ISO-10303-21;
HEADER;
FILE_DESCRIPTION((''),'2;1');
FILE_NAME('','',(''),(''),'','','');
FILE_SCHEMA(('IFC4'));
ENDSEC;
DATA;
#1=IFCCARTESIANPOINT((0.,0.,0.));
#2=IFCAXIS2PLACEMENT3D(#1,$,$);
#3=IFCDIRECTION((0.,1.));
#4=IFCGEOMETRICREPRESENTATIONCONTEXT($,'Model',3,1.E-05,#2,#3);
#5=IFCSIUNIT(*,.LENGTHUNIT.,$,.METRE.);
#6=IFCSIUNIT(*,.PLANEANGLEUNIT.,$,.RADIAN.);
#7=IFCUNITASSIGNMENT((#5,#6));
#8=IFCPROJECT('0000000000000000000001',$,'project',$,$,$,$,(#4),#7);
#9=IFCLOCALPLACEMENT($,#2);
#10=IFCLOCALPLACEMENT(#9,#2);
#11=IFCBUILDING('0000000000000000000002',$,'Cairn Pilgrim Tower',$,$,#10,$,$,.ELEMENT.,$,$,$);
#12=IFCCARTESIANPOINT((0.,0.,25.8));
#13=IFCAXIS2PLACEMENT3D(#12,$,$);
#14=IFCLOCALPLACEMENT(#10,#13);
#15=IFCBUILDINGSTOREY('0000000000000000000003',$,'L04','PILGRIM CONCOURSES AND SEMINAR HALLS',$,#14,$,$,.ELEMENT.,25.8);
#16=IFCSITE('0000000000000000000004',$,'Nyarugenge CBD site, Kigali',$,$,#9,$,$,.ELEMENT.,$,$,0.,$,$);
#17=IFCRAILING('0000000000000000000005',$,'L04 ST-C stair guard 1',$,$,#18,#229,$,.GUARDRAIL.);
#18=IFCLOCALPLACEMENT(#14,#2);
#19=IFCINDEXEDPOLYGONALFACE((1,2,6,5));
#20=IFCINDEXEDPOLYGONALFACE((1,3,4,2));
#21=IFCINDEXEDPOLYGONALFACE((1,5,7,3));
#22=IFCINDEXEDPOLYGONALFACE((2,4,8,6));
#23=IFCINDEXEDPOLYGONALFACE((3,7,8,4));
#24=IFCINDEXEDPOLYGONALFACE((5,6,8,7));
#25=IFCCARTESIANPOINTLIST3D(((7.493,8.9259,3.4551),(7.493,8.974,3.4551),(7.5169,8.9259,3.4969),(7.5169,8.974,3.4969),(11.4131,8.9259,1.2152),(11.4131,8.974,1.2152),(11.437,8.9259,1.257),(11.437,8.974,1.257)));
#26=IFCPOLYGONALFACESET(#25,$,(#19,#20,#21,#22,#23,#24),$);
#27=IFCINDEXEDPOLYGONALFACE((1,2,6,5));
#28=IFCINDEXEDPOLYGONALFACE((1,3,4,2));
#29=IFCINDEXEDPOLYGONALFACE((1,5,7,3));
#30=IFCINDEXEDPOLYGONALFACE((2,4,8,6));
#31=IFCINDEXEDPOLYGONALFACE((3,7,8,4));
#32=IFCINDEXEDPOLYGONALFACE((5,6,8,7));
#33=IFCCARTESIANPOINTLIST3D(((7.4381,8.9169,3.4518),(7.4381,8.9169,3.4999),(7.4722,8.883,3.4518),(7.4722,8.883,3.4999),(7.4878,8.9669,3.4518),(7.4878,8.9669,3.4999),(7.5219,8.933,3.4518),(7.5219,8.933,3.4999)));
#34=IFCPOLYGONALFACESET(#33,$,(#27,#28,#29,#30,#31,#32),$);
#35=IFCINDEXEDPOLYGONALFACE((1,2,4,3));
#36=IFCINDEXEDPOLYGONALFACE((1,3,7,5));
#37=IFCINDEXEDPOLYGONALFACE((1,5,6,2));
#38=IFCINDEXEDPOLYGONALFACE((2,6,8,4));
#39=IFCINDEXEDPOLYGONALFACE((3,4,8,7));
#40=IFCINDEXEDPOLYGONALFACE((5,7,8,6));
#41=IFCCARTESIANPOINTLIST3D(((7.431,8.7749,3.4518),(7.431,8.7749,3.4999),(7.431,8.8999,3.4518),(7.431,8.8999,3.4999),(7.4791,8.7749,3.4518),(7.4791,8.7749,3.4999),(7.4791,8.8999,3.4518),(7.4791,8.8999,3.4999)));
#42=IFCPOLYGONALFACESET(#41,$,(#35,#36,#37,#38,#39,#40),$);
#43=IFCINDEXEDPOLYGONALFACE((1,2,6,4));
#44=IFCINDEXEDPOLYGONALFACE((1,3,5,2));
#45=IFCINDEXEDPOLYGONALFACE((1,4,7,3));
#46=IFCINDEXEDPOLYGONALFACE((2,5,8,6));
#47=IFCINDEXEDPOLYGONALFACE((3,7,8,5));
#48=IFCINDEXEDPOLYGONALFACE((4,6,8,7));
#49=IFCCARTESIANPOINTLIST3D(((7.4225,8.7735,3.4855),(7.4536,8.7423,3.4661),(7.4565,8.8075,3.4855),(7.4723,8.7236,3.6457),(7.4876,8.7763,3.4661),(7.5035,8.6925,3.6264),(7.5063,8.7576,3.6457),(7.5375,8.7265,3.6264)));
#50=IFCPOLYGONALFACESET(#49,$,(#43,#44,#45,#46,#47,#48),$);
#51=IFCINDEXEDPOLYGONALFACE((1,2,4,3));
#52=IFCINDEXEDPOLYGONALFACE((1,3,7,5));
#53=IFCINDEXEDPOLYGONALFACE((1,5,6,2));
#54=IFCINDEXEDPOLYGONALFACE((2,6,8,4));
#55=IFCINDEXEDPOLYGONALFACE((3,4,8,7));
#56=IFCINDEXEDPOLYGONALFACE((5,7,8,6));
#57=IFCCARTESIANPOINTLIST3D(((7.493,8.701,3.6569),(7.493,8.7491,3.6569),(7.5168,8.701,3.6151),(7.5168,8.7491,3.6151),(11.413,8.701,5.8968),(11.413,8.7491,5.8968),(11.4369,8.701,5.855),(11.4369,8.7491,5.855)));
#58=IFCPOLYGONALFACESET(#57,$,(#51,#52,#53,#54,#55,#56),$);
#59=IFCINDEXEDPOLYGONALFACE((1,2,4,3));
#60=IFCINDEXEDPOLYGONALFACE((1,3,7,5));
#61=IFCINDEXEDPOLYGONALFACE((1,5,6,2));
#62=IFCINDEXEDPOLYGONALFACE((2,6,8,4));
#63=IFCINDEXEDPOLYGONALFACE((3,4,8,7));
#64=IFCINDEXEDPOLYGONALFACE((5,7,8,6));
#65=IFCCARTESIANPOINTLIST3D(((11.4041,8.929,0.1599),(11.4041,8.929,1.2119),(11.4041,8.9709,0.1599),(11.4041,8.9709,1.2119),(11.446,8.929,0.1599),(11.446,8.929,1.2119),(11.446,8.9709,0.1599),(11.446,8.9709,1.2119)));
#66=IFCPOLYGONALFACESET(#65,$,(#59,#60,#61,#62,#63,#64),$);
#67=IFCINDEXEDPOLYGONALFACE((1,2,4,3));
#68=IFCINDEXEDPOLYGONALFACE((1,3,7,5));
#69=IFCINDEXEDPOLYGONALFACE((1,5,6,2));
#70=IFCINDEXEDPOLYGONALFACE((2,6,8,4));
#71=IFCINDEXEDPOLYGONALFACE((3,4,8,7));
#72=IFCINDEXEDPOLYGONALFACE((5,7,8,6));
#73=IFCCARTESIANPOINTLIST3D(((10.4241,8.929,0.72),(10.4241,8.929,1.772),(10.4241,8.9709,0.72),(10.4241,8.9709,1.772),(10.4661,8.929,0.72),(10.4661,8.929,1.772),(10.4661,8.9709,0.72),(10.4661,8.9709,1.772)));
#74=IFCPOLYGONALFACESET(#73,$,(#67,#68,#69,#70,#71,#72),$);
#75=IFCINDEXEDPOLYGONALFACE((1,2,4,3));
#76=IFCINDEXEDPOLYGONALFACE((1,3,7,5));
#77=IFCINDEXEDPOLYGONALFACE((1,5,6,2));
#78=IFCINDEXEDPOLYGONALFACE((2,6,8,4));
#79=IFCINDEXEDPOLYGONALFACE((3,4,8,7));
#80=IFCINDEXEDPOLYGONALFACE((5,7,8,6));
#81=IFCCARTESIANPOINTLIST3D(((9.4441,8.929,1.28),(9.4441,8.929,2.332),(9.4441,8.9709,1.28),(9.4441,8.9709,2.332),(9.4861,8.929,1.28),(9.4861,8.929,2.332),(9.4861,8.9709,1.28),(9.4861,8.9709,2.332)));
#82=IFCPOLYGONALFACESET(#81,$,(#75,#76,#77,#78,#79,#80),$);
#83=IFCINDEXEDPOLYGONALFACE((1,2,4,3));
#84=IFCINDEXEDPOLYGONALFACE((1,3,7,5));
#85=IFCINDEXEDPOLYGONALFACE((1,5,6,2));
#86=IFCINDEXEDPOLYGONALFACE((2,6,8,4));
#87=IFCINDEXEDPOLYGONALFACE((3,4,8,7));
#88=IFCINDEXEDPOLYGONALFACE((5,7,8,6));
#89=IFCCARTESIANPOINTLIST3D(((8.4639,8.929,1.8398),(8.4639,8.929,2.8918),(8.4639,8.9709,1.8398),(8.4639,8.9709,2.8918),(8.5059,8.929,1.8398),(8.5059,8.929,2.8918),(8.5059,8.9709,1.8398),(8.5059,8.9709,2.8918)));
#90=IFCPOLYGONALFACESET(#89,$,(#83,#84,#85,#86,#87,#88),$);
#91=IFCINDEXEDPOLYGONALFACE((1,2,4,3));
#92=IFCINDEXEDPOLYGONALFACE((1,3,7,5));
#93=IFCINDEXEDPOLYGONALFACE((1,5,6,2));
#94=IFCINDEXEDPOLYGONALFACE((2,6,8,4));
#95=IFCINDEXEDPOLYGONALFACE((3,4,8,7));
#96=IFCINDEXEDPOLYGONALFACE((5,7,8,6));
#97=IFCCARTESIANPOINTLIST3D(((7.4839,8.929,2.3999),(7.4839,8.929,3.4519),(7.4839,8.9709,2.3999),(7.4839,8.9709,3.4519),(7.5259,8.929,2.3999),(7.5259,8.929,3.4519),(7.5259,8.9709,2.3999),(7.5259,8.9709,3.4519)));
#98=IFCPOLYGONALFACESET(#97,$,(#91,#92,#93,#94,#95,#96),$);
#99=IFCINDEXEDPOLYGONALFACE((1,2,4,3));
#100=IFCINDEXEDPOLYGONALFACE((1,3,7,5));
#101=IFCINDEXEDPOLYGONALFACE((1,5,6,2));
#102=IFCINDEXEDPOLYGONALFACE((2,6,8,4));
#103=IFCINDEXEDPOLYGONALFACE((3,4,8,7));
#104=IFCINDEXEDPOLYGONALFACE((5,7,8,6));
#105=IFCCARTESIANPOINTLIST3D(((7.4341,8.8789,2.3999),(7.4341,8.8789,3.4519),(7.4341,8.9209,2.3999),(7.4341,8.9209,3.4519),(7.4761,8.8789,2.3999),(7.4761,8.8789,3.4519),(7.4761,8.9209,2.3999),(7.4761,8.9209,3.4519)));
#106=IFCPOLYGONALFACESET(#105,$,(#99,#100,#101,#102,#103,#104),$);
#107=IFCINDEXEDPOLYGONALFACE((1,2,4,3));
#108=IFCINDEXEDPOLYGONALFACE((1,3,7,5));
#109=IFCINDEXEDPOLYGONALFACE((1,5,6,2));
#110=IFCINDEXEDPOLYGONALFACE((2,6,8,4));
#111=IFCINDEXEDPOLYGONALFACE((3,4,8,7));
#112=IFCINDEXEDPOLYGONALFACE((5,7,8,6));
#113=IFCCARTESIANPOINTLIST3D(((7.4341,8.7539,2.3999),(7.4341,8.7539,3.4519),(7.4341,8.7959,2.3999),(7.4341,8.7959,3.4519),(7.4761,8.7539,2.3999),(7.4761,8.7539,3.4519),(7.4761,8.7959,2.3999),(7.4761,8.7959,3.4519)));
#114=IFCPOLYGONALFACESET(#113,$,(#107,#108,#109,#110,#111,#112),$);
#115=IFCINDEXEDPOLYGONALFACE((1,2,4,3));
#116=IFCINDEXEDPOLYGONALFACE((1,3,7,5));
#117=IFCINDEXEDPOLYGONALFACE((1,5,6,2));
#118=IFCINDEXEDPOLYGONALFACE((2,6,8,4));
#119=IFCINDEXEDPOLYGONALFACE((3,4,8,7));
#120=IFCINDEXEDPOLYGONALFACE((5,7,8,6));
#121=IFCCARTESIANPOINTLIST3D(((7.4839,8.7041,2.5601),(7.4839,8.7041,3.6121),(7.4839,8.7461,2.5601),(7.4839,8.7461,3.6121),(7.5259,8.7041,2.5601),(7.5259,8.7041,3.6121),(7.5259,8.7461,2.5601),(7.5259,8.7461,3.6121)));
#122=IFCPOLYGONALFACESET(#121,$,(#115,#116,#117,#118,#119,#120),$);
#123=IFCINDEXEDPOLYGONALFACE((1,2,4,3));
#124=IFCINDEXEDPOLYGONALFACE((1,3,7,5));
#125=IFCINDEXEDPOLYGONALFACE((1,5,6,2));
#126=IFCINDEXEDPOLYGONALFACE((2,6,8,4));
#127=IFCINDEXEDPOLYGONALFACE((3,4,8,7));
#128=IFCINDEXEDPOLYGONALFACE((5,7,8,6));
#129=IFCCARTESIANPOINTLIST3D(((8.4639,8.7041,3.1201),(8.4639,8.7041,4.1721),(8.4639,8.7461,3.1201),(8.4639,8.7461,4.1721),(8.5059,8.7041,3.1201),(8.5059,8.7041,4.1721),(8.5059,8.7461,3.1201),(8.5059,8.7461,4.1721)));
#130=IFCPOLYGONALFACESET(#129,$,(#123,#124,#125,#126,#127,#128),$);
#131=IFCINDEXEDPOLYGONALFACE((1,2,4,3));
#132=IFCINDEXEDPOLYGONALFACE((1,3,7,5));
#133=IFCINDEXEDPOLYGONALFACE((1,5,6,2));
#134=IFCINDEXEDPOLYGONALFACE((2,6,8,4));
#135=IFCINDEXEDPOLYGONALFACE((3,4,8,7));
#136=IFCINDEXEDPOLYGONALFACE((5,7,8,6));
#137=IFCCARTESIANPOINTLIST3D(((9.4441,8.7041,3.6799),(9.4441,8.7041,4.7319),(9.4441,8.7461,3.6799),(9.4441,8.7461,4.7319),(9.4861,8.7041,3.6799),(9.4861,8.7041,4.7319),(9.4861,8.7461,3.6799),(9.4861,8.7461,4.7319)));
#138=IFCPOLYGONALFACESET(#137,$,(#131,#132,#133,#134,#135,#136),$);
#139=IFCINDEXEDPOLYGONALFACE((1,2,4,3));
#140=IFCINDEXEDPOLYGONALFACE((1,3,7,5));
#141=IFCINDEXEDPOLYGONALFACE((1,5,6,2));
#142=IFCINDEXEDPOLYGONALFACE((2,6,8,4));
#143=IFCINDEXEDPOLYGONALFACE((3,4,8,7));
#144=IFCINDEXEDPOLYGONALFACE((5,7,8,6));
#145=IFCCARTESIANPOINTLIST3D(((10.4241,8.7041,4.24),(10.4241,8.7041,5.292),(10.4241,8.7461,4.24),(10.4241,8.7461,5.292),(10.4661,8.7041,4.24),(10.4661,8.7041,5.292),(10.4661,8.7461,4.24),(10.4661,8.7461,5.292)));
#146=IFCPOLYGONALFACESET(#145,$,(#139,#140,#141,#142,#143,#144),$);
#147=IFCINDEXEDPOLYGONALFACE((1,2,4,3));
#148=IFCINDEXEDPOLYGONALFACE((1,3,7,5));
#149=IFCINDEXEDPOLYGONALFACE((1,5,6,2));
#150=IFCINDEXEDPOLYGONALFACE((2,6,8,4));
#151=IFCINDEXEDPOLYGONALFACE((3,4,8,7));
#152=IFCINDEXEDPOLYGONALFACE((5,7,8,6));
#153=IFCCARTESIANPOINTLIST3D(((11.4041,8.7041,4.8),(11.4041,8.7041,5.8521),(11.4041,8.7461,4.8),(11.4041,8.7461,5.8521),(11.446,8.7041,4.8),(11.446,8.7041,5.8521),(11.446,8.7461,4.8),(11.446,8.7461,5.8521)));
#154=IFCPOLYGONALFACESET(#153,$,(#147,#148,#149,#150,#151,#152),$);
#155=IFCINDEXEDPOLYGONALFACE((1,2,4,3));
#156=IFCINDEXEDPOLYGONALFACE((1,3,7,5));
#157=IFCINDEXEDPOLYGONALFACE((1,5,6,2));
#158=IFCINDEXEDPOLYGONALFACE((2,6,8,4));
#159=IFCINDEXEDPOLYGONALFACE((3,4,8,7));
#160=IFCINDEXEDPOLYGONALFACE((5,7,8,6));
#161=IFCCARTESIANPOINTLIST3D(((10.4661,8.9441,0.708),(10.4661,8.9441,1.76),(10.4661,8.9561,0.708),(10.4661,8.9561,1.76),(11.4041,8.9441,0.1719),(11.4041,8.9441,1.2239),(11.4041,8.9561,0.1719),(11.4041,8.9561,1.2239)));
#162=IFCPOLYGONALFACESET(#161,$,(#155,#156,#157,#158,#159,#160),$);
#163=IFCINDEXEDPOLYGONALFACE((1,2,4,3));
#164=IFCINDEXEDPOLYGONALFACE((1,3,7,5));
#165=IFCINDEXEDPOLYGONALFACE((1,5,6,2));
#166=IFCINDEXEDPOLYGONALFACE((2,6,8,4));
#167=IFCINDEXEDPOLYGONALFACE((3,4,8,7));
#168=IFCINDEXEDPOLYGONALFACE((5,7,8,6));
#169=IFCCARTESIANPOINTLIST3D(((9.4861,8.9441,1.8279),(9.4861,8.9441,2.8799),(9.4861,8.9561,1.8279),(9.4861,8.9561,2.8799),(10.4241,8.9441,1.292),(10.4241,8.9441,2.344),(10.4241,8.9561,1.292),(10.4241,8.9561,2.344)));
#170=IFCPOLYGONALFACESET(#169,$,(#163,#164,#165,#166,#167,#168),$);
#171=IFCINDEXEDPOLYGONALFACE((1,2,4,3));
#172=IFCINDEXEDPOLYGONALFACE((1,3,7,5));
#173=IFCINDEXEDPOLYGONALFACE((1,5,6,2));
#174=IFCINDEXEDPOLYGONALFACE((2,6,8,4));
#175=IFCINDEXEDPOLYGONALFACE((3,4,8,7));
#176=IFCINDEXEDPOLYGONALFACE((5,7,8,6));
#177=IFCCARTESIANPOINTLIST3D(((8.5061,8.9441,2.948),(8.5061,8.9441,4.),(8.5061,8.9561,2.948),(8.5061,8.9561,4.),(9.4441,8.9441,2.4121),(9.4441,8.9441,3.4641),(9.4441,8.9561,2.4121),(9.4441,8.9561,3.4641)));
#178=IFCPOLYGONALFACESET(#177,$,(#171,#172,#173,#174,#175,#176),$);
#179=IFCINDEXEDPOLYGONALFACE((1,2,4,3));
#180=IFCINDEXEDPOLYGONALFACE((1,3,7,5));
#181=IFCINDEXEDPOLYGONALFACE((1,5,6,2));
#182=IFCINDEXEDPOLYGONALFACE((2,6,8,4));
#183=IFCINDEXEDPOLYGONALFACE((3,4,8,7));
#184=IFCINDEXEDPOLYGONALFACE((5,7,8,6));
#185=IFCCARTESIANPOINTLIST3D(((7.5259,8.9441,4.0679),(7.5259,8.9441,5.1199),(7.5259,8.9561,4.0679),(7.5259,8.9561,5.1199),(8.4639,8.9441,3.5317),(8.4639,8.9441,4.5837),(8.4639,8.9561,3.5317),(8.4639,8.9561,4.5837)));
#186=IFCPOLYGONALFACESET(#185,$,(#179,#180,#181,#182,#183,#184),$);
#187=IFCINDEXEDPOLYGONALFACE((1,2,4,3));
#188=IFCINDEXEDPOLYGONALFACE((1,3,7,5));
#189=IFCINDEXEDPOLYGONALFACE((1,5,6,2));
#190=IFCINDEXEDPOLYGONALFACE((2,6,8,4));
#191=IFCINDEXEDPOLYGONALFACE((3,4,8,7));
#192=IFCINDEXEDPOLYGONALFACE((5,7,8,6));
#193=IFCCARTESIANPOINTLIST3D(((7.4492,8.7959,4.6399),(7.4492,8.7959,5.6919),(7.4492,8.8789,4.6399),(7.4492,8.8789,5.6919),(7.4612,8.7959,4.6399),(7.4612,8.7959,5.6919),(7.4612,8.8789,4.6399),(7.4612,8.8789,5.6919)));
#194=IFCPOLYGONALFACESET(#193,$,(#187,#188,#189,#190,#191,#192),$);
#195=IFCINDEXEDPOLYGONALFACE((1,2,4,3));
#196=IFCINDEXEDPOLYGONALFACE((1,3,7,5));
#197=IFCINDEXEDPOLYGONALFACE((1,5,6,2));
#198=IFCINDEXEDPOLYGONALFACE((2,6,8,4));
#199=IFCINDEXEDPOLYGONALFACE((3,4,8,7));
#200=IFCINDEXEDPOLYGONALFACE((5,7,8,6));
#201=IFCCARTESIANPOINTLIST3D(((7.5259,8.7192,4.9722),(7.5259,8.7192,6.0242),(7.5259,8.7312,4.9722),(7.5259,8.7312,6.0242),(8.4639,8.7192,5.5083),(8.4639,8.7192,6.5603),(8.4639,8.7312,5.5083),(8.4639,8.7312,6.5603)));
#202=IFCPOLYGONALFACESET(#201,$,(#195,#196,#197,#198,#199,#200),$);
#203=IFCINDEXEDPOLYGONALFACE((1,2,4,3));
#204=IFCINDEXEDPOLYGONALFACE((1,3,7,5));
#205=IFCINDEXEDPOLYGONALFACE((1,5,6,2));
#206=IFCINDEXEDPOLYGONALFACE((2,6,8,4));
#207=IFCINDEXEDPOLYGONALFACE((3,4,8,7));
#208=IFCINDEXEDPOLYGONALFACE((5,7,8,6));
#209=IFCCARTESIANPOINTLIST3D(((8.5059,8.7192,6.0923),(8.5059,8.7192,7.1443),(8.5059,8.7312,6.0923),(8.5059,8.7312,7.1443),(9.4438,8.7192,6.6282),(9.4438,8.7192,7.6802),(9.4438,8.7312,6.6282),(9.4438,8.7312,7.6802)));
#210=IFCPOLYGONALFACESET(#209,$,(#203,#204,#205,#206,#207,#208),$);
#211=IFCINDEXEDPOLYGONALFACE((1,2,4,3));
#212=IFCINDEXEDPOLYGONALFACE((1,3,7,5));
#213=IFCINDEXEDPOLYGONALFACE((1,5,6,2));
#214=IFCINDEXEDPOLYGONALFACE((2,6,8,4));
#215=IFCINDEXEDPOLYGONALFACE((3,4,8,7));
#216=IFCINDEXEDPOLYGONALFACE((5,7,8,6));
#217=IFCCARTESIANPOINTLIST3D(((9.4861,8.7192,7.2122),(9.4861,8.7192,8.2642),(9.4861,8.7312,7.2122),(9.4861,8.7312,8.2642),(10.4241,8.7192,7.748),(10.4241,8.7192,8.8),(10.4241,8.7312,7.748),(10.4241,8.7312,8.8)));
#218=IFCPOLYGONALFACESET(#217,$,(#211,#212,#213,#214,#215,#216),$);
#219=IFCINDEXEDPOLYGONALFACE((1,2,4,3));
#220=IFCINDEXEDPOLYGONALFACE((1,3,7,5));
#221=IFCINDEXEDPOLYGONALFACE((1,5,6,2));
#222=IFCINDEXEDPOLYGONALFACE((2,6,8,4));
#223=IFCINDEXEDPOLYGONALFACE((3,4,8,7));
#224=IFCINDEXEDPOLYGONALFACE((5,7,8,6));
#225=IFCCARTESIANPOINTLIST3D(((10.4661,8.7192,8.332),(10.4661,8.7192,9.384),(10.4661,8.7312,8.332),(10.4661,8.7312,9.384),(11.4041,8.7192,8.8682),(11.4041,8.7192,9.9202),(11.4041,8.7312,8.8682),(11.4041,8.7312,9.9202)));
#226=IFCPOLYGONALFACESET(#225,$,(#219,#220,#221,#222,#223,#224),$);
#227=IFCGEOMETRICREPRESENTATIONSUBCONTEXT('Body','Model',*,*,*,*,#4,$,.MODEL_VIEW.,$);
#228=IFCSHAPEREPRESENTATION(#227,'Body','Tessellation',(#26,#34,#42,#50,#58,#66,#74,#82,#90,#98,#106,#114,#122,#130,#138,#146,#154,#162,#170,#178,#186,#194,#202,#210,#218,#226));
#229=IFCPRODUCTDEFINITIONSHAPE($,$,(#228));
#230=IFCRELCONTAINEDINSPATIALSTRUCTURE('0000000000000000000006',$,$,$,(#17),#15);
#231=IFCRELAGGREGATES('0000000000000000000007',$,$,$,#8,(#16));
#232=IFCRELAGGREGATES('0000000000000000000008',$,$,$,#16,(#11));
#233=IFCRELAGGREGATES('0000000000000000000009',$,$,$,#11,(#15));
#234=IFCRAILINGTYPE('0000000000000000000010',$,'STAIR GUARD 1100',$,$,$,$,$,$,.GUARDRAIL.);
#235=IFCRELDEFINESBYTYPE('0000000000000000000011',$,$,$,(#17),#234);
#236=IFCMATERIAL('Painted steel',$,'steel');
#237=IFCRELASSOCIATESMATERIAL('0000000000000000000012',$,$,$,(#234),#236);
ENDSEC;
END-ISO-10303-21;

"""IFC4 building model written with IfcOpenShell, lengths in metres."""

from ifc_helpers import new_model, si_unit, direction, frame, origin, origin_2d, place, context, subcontext, project, spatial, polyline, rectangle, outline, extrude, material, type_object, element, save


model = new_model("IFC4")

# Units and contexts
model_context = context("Model", 3, precision=1e-05, world=origin(), true_north=direction((0.0, 1.0)))
body_context = subcontext(model_context, "Body", "Model", "MODEL_VIEW")
ifc_project = project(units=[si_unit("LENGTHUNIT", "METRE"), si_unit("PLANEANGLEUNIT", "RADIAN")], contexts=[model_context])

# Site, building, storey
site_placement = place(None, origin())
site = spatial("IfcSite", under=ifc_project, at=site_placement, Name="Nyarugenge CBD site, Kigali", CompositionType="ELEMENT", RefElevation=0.0)
building_placement = place(site_placement, origin())
building = spatial("IfcBuilding", under=site, at=building_placement, Name="Cairn Pilgrim Tower", CompositionType="ELEMENT")
storey_placement = place(building_placement, frame((0.0, 0.0, 25.8)))
storey = spatial("IfcBuildingStorey", under=building, at=storey_placement, Name="L04", Description="PILGRIM CONCOURSES AND SEMINAR HALLS", CompositionType="ELEMENT", Elevation=25.8)

# Shared definitions
ifc_material_1 = material(Name="Painted steel", Category="steel")

# Railing
railing_type_1 = type_object("IfcRailingType", Name="STAIR GUARD 1100", PredefinedType="GUARDRAIL", material=ifc_material_1)
railing_1_placement = place(storey_placement, frame((11.425, 8.95, 0.1599)))
element("IfcRailing", 1, at=railing_1_placement, inside=storey, type_object=railing_type_1, Name="L04 ST-C stair guard 1", PredefinedType="GUARDRAIL", context=body_context, shape_type="SweptSolid", body=[
    extrude(rectangle(XDim=0.0481, YDim=0.0481, at=origin_2d()), frame((0.0, 0.0, 1.0762), z_axis=(-0.868253, 0.0, 0.496121), x_axis=(0.0, -1.0, 0.0)), (0.0, 0.0, 1.0), 4.5149),
    extrude(rectangle(XDim=0.0481, YDim=0.0481, at=origin_2d()), frame((-3.9202, 0.0, 3.3159), z_axis=(-0.705376, -0.708834, 0.0), x_axis=(0.708834, -0.705376, 0.0)), (0.0, 0.0, 1.0), 0.0706),
    extrude(rectangle(XDim=0.0481, YDim=0.0481, at=origin_2d()), frame((-3.97, -0.05, 3.3159), z_axis=(0.0, -1.0, 0.0), x_axis=(1.0, 0.0, 0.0)), (0.0, 0.0, 1.0), 0.125),
    extrude(rectangle(XDim=0.0481, YDim=0.0481, at=origin_2d()), frame((-3.97, -0.175, 3.3159), z_axis=(0.284663, -0.284663, 0.915387), x_axis=(0.707107, 0.707107, 0.0)), (0.0, 0.0, 1.0), 0.175),
    extrude(rectangle(XDim=0.0481, YDim=0.0481, at=origin_2d()), frame((-3.9202, -0.2249, 3.4761), z_axis=(0.868253, 0.0, 0.496121), x_axis=(0.0, 1.0, 0.0)), (0.0, 0.0, 1.0), 4.5149),
    extrude(rectangle(XDim=0.042, YDim=0.042, at=origin_2d()), origin(), (0.0, 0.0, 1.0), 1.052),
    extrude(rectangle(XDim=0.042, YDim=0.042, at=origin_2d()), frame((-0.98, 0.0, 0.5601)), (0.0, 0.0, 1.0), 1.052),
    extrude(rectangle(XDim=0.042, YDim=0.042, at=origin_2d()), frame((-1.96, 0.0, 1.1201)), (0.0, 0.0, 1.0), 1.052),
    extrude(rectangle(XDim=0.042, YDim=0.042, at=origin_2d()), frame((-2.9402, 0.0, 1.6799)), (0.0, 0.0, 1.0), 1.052),
    extrude(rectangle(XDim=0.042, YDim=0.042, at=origin_2d()), frame((-3.9202, 0.0, 2.24)), (0.0, 0.0, 1.0), 1.052),
    extrude(rectangle(XDim=0.042, YDim=0.042, at=origin_2d()), frame((-3.97, -0.05, 2.24)), (0.0, 0.0, 1.0), 1.052),
    extrude(rectangle(XDim=0.042, YDim=0.042, at=origin_2d()), frame((-3.97, -0.175, 2.24)), (0.0, 0.0, 1.0), 1.052),
    extrude(rectangle(XDim=0.042, YDim=0.042, at=origin_2d()), frame((-3.9202, -0.2249, 2.4001)), (0.0, 0.0, 1.0), 1.052),
    extrude(rectangle(XDim=0.042, YDim=0.042, at=origin_2d()), frame((-2.9402, -0.2249, 2.9602)), (0.0, 0.0, 1.0), 1.052),
    extrude(rectangle(XDim=0.042, YDim=0.042, at=origin_2d()), frame((-1.96, -0.2249, 3.52)), (0.0, 0.0, 1.0), 1.052),
    extrude(rectangle(XDim=0.042, YDim=0.042, at=origin_2d()), frame((-0.98, -0.2249, 4.0801)), (0.0, 0.0, 1.0), 1.052),
    extrude(rectangle(XDim=0.042, YDim=0.042, at=origin_2d()), frame((0.0, -0.2249, 4.6401)), (0.0, 0.0, 1.0), 1.052),
    extrude(outline(polyline([(0.021, 0.012), (0.959, 0.5481), (0.959, 1.6001), (0.021, 1.064), (0.021, 0.012)])), frame((0.0, -0.0059, 0.0), z_axis=(0.0, 1.0, 0.0), x_axis=(-1.0, 0.0, 0.0)), (0.0, 0.0, 1.0), 0.012),
    extrude(outline(polyline([(0.021, 0.572), (0.959, 1.1079), (0.959, 2.1599), (0.021, 1.624), (0.021, 0.572)])), frame((-0.98, -0.0059, 0.5601), z_axis=(0.0, 1.0, 0.0), x_axis=(-1.0, 0.0, 0.0)), (0.0, 0.0, 1.0), 0.012),
    extrude(outline(polyline([(0.021, 1.1321), (0.959, 1.668), (0.959, 2.72), (0.021, 2.1841), (0.021, 1.1321)])), frame((-1.96, -0.0059, 1.1201), z_axis=(0.0, 1.0, 0.0), x_axis=(-1.0, 0.0, 0.0)), (0.0, 0.0, 1.0), 0.012),
    extrude(outline(polyline([(0.021, 1.6919), (0.959, 2.228), (0.959, 3.28), (0.021, 2.7439), (0.021, 1.6919)])), frame((-2.9402, -0.0059, 1.6799), z_axis=(0.0, 1.0, 0.0), x_axis=(-1.0, 0.0, 0.0)), (0.0, 0.0, 1.0), 0.012),
    extrude(outline(polyline([(0.021, 2.24), (0.104, 2.24), (0.104, 3.292), (0.021, 3.292), (0.021, 2.24)])), frame((-3.9639, -0.05, 2.24), z_axis=(-1.0, 0.0, 0.0), x_axis=(0.0, -1.0, 0.0)), (0.0, 0.0, 1.0), 0.012),
    extrude(outline(polyline([(0.021, 2.4121), (0.959, 2.9482), (0.959, 4.0002), (0.021, 3.4641), (0.021, 2.4121)])), frame((-3.9202, -0.2188, 2.4001), z_axis=(0.0, -1.0, 0.0), x_axis=(1.0, 0.0, 0.0)), (0.0, 0.0, 1.0), 0.012),
    extrude(outline(polyline([(0.021, 2.9722), (0.959, 3.5081), (0.959, 4.5601), (0.021, 4.0242), (0.021, 2.9722)])), frame((-2.9402, -0.2188, 2.9602), z_axis=(0.0, -1.0, 0.0), x_axis=(1.0, 0.0, 0.0)), (0.0, 0.0, 1.0), 0.012),
    extrude(outline(polyline([(0.021, 3.5322), (0.959, 4.0681), (0.959, 5.1201), (0.021, 4.5842), (0.021, 3.5322)])), frame((-1.96, -0.2188, 3.52), z_axis=(0.0, -1.0, 0.0), x_axis=(1.0, 0.0, 0.0)), (0.0, 0.0, 1.0), 0.012),
    extrude(outline(polyline([(0.021, 4.092), (0.959, 4.6282), (0.959, 5.6802), (0.021, 5.144), (0.021, 4.092)])), frame((-0.98, -0.2188, 4.0801), z_axis=(0.0, -1.0, 0.0), x_axis=(1.0, 0.0, 0.0)), (0.0, 0.0, 1.0), 0.012),
])

save(model, "model.ifc")
